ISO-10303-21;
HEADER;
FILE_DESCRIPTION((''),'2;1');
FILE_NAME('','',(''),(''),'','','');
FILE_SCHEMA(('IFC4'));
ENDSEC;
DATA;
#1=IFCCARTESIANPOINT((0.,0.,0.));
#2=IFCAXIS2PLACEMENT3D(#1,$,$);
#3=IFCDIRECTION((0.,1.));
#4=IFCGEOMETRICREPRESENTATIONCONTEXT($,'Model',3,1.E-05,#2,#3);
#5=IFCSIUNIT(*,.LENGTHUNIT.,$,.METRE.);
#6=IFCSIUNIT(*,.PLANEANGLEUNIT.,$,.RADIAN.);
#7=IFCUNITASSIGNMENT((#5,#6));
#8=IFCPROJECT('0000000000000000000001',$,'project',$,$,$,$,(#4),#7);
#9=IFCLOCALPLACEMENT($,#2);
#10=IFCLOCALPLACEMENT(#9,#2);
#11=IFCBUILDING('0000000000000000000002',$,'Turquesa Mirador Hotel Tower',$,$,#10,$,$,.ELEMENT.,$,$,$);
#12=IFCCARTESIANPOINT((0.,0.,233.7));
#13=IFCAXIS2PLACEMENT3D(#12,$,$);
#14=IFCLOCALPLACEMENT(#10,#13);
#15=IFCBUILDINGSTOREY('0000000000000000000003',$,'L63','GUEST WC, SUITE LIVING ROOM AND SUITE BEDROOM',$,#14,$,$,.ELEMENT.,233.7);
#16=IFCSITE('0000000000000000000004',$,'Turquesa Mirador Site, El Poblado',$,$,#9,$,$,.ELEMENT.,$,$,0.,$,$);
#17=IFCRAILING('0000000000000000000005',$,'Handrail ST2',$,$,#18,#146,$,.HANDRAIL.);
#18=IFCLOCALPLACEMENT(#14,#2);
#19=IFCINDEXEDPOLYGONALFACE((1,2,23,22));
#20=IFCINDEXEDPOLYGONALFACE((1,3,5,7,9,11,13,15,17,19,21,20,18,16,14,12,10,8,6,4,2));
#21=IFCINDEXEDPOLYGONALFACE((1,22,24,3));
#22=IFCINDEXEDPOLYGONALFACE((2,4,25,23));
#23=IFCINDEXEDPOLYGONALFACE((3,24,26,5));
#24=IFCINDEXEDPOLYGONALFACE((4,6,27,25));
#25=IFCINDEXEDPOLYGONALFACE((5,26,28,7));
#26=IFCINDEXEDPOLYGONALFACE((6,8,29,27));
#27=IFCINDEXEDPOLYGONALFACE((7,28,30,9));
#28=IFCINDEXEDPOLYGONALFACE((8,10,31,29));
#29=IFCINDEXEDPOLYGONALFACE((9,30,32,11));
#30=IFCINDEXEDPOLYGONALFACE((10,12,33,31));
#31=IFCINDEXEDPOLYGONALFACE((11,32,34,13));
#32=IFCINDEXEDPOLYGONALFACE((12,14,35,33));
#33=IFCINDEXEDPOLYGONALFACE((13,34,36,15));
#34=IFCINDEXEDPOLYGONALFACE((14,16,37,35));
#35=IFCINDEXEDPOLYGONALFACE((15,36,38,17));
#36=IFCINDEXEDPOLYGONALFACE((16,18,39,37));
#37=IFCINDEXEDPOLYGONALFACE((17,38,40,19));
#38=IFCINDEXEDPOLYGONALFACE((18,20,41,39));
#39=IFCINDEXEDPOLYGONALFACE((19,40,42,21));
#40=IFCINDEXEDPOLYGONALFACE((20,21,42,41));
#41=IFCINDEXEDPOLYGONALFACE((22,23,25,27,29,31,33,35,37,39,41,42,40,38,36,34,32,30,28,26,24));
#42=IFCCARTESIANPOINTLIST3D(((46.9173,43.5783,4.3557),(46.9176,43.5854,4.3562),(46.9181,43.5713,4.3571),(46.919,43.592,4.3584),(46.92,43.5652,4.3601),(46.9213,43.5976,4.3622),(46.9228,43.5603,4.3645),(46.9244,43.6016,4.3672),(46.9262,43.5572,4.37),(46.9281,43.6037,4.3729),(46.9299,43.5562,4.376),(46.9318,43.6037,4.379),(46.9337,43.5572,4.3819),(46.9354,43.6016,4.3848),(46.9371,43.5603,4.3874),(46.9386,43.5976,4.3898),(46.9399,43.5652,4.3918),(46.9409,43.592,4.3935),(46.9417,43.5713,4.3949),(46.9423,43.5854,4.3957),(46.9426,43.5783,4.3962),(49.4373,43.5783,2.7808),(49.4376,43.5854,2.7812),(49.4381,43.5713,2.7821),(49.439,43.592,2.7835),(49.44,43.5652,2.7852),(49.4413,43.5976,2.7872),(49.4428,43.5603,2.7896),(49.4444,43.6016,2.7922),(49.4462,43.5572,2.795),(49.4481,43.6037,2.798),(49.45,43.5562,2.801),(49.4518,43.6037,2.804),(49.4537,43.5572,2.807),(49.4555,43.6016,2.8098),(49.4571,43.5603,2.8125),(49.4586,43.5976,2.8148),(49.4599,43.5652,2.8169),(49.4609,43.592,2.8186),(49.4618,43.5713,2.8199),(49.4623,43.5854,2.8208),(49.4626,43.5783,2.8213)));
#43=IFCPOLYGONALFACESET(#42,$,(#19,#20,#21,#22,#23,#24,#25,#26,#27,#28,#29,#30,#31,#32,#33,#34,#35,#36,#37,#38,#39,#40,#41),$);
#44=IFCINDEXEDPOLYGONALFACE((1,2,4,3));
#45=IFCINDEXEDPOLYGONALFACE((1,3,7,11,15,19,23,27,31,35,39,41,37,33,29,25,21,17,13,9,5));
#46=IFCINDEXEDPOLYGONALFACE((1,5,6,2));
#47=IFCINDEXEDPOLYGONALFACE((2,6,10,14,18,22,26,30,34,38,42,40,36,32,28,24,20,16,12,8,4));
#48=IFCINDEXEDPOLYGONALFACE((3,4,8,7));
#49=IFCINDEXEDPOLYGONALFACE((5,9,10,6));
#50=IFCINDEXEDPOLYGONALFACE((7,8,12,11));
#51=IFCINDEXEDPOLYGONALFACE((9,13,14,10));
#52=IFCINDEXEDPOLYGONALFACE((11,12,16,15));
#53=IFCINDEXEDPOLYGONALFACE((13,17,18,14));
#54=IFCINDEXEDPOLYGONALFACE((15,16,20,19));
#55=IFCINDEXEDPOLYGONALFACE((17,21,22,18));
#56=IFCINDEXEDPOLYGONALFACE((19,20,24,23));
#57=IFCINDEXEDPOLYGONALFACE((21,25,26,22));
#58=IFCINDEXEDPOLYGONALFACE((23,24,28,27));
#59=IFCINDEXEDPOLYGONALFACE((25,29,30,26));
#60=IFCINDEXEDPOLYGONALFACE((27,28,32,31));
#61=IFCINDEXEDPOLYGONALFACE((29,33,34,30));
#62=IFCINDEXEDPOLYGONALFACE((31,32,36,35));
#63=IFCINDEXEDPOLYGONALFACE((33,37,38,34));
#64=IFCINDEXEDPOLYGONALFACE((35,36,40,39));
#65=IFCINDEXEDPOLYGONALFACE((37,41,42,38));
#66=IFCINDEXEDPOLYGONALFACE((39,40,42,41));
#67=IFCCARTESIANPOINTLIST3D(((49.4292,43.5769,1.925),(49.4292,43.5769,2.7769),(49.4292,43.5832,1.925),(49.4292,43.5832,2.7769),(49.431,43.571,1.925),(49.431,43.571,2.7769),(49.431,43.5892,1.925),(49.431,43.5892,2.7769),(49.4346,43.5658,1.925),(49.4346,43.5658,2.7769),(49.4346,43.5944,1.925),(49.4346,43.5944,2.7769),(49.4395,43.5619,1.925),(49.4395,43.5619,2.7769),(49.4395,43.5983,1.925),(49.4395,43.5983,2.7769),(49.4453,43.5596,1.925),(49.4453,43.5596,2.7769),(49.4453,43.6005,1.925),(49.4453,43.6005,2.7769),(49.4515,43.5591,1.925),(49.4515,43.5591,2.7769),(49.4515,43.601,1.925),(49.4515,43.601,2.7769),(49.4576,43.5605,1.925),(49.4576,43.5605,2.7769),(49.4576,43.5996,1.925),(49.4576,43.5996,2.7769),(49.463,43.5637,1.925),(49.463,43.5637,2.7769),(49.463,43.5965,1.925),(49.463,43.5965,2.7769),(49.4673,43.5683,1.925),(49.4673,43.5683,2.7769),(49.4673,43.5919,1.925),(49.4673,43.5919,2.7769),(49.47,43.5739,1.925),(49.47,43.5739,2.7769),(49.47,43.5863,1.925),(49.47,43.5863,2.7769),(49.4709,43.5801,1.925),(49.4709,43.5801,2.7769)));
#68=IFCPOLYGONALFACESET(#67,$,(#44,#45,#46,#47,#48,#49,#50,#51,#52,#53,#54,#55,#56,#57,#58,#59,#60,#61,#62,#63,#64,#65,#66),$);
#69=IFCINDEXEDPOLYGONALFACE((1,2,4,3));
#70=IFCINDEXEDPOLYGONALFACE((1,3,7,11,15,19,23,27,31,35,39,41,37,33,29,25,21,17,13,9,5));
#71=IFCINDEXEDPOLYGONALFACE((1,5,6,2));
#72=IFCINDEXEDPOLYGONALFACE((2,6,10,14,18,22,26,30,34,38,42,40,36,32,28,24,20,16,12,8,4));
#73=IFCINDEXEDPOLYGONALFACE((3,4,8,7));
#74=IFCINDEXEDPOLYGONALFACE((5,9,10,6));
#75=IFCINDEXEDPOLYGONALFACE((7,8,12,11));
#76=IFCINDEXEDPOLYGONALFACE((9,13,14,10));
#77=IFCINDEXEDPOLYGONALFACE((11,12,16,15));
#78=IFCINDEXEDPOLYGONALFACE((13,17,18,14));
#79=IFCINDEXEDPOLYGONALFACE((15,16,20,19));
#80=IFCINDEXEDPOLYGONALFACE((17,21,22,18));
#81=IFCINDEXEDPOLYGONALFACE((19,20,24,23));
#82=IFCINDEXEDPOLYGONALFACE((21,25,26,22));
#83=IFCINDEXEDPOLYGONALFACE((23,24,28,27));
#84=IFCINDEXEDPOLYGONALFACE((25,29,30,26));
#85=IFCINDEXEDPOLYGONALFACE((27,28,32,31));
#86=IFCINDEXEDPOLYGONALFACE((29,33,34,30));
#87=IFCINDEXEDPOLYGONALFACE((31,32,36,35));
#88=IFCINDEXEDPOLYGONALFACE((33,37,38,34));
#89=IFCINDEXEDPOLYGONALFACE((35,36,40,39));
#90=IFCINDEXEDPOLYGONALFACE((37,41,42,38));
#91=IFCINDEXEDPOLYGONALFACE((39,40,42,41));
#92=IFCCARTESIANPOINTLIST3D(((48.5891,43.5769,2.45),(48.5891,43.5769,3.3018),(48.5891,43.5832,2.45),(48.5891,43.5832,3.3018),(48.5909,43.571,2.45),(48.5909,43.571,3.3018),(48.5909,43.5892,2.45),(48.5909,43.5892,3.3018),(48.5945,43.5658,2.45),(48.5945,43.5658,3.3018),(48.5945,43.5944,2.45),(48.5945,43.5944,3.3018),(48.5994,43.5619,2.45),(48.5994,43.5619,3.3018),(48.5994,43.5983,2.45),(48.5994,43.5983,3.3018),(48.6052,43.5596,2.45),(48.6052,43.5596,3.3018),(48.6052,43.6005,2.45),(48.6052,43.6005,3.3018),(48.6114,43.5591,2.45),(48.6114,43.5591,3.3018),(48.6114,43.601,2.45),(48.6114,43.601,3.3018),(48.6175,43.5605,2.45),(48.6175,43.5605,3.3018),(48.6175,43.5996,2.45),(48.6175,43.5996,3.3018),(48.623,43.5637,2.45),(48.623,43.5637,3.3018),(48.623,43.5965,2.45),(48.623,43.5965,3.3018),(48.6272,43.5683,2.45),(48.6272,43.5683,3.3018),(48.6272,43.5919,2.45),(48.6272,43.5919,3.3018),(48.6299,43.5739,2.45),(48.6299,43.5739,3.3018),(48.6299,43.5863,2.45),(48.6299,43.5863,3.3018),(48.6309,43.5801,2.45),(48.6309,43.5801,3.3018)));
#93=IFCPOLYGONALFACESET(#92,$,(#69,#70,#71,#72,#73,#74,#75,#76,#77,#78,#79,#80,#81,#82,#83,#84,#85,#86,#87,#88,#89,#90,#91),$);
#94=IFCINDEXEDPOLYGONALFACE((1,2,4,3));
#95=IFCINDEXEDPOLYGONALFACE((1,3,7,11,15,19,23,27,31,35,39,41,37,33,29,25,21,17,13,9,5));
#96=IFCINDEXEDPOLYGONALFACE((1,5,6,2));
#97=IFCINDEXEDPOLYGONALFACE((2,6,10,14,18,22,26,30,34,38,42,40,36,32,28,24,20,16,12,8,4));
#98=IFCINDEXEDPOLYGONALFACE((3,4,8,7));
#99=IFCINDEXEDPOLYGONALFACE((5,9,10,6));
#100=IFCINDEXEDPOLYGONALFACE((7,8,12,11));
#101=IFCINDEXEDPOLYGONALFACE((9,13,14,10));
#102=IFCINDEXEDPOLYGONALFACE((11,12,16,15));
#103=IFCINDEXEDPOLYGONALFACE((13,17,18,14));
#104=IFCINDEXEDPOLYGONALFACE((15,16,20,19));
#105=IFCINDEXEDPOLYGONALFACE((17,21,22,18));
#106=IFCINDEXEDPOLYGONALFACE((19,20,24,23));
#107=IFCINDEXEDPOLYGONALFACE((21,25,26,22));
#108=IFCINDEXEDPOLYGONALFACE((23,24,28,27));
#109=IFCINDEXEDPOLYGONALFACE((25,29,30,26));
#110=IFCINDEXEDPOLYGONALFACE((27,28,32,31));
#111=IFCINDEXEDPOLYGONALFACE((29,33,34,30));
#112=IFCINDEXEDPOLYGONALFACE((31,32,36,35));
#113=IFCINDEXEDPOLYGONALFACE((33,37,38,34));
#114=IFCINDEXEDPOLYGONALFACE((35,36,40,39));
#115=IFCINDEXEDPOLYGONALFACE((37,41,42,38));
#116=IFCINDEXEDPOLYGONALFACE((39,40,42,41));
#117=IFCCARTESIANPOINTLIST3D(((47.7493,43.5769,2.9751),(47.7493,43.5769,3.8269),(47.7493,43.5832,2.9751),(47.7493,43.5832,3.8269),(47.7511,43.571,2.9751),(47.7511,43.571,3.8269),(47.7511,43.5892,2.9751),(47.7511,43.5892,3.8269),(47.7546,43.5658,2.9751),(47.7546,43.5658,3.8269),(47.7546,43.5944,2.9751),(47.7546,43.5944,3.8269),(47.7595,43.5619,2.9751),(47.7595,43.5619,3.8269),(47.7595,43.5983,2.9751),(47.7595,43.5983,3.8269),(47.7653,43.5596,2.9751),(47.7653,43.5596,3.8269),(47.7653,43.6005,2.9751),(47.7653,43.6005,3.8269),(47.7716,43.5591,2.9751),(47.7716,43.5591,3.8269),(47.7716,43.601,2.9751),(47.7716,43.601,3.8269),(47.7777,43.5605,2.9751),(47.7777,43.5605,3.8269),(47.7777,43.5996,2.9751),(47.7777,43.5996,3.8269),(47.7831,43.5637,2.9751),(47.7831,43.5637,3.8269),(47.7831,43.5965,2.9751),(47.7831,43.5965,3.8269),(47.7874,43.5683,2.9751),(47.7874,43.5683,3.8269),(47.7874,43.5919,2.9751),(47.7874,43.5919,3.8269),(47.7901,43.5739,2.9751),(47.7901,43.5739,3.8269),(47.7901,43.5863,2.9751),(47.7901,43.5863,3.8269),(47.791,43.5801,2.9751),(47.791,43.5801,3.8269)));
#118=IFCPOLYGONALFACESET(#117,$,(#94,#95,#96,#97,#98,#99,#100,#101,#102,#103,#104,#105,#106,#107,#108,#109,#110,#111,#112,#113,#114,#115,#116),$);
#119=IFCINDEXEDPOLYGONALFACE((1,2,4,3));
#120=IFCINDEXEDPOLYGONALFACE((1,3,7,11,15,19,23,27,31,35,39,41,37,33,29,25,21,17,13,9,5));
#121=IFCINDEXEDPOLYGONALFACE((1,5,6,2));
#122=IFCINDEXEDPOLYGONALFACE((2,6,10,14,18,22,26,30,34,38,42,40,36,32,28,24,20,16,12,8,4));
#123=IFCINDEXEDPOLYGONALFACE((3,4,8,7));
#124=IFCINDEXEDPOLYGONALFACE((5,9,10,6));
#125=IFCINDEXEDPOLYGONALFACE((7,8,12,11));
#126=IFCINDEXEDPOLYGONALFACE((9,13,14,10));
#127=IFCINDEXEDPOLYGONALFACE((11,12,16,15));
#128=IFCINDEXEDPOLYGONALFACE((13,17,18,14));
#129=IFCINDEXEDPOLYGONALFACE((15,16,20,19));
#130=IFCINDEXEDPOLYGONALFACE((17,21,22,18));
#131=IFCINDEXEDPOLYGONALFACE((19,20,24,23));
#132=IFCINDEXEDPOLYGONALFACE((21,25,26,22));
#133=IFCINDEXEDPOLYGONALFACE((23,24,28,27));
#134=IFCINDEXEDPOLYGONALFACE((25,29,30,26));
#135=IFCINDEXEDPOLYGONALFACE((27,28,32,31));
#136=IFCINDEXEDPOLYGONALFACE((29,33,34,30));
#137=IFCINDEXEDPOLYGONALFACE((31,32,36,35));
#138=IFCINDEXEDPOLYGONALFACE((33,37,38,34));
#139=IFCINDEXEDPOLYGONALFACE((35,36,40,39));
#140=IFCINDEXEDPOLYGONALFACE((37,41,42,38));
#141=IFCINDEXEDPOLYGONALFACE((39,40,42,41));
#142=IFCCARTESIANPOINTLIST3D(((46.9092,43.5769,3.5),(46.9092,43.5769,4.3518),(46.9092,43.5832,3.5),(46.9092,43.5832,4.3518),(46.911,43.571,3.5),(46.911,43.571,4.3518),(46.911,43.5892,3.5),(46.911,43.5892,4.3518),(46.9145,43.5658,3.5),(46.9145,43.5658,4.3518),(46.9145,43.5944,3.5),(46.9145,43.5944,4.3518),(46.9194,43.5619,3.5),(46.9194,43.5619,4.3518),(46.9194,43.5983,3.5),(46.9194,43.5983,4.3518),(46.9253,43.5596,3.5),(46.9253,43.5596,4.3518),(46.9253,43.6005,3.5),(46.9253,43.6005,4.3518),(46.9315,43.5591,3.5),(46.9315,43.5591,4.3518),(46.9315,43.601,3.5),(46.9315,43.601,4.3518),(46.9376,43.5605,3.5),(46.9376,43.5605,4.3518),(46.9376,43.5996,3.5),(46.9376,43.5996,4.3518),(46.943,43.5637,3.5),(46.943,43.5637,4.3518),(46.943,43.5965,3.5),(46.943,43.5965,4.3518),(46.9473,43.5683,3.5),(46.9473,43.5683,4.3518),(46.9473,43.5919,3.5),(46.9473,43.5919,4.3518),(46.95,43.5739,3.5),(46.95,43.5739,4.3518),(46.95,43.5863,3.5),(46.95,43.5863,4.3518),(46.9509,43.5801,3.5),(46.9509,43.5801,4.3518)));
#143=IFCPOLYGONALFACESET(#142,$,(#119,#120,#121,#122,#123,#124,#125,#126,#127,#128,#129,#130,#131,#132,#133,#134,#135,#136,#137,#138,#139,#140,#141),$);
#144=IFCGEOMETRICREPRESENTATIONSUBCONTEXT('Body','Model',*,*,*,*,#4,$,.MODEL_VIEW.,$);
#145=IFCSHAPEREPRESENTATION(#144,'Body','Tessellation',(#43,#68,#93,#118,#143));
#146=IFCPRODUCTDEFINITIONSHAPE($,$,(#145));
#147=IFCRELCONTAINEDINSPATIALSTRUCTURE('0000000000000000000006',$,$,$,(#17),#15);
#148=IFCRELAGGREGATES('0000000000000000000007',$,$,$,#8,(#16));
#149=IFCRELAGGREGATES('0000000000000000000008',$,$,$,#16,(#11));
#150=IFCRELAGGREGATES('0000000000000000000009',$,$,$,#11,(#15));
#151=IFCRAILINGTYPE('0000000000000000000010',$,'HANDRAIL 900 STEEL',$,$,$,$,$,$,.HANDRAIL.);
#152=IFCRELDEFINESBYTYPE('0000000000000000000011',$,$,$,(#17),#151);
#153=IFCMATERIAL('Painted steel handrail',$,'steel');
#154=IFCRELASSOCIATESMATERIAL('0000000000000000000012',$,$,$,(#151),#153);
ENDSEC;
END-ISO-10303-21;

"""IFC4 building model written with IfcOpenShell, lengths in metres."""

from ifc_helpers import new_model, si_unit, direction, frame, origin, origin_2d, place, context, subcontext, project, spatial, circle, extrude, material, type_object, element, save


model = new_model("IFC4")

# Units and contexts
model_context = context("Model", 3, precision=1e-05, world=origin(), true_north=direction((0.0, 1.0)))
body_context = subcontext(model_context, "Body", "Model", "MODEL_VIEW")
ifc_project = project(units=[si_unit("LENGTHUNIT", "METRE"), si_unit("PLANEANGLEUNIT", "RADIAN")], contexts=[model_context])

# Site, building, storey
site_placement = place(None, origin())
site = spatial("IfcSite", under=ifc_project, at=site_placement, Name="Turquesa Mirador Site, El Poblado", CompositionType="ELEMENT", RefElevation=0.0)
building_placement = place(site_placement, origin())
building = spatial("IfcBuilding", under=site, at=building_placement, Name="Turquesa Mirador Hotel Tower", CompositionType="ELEMENT")
storey_placement = place(building_placement, frame((0.0, 0.0, 233.7)))
storey = spatial("IfcBuildingStorey", under=building, at=storey_placement, Name="L63", Description="GUEST WC, SUITE LIVING ROOM AND SUITE BEDROOM", CompositionType="ELEMENT", Elevation=233.7)

# Railing
ifc_material_1 = material(Name="Painted steel handrail", Category="steel")
railing_type = type_object("IfcRailingType", Name="HANDRAIL 900 STEEL", PredefinedType="HANDRAIL", material=ifc_material_1)
railing_1_placement = place(storey_placement, frame((49.45, 43.5801, 1.925)))
element("IfcRailing", 1, at=railing_1_placement, inside=storey, type_object=railing_type, Name="Handrail ST2", PredefinedType="HANDRAIL", context=body_context, shape_type="SweptSolid", body=[
    extrude(circle(Radius=0.0239, at=origin_2d()), frame((0.0, 0.0, 0.876), z_axis=(-0.848008, 0.0, 0.529984), x_axis=(0.0, -1.0, 0.0)), (0.0, 0.0, 1.0), 2.9717),
    extrude(circle(Radius=0.021, at=origin_2d()), origin(), (0.0, 0.0, 1.0), 0.8518),
    extrude(circle(Radius=0.021, at=origin_2d()), frame((-0.8401, 0.0, 0.5249)), (0.0, 0.0, 1.0), 0.8518),
    extrude(circle(Radius=0.021, at=origin_2d()), frame((-1.6799, 0.0, 1.05)), (0.0, 0.0, 1.0), 0.8518),
    extrude(circle(Radius=0.021, at=origin_2d()), frame((-2.52, 0.0, 1.575)), (0.0, 0.0, 1.0), 0.8518),
])

save(model, "model.ifc")
